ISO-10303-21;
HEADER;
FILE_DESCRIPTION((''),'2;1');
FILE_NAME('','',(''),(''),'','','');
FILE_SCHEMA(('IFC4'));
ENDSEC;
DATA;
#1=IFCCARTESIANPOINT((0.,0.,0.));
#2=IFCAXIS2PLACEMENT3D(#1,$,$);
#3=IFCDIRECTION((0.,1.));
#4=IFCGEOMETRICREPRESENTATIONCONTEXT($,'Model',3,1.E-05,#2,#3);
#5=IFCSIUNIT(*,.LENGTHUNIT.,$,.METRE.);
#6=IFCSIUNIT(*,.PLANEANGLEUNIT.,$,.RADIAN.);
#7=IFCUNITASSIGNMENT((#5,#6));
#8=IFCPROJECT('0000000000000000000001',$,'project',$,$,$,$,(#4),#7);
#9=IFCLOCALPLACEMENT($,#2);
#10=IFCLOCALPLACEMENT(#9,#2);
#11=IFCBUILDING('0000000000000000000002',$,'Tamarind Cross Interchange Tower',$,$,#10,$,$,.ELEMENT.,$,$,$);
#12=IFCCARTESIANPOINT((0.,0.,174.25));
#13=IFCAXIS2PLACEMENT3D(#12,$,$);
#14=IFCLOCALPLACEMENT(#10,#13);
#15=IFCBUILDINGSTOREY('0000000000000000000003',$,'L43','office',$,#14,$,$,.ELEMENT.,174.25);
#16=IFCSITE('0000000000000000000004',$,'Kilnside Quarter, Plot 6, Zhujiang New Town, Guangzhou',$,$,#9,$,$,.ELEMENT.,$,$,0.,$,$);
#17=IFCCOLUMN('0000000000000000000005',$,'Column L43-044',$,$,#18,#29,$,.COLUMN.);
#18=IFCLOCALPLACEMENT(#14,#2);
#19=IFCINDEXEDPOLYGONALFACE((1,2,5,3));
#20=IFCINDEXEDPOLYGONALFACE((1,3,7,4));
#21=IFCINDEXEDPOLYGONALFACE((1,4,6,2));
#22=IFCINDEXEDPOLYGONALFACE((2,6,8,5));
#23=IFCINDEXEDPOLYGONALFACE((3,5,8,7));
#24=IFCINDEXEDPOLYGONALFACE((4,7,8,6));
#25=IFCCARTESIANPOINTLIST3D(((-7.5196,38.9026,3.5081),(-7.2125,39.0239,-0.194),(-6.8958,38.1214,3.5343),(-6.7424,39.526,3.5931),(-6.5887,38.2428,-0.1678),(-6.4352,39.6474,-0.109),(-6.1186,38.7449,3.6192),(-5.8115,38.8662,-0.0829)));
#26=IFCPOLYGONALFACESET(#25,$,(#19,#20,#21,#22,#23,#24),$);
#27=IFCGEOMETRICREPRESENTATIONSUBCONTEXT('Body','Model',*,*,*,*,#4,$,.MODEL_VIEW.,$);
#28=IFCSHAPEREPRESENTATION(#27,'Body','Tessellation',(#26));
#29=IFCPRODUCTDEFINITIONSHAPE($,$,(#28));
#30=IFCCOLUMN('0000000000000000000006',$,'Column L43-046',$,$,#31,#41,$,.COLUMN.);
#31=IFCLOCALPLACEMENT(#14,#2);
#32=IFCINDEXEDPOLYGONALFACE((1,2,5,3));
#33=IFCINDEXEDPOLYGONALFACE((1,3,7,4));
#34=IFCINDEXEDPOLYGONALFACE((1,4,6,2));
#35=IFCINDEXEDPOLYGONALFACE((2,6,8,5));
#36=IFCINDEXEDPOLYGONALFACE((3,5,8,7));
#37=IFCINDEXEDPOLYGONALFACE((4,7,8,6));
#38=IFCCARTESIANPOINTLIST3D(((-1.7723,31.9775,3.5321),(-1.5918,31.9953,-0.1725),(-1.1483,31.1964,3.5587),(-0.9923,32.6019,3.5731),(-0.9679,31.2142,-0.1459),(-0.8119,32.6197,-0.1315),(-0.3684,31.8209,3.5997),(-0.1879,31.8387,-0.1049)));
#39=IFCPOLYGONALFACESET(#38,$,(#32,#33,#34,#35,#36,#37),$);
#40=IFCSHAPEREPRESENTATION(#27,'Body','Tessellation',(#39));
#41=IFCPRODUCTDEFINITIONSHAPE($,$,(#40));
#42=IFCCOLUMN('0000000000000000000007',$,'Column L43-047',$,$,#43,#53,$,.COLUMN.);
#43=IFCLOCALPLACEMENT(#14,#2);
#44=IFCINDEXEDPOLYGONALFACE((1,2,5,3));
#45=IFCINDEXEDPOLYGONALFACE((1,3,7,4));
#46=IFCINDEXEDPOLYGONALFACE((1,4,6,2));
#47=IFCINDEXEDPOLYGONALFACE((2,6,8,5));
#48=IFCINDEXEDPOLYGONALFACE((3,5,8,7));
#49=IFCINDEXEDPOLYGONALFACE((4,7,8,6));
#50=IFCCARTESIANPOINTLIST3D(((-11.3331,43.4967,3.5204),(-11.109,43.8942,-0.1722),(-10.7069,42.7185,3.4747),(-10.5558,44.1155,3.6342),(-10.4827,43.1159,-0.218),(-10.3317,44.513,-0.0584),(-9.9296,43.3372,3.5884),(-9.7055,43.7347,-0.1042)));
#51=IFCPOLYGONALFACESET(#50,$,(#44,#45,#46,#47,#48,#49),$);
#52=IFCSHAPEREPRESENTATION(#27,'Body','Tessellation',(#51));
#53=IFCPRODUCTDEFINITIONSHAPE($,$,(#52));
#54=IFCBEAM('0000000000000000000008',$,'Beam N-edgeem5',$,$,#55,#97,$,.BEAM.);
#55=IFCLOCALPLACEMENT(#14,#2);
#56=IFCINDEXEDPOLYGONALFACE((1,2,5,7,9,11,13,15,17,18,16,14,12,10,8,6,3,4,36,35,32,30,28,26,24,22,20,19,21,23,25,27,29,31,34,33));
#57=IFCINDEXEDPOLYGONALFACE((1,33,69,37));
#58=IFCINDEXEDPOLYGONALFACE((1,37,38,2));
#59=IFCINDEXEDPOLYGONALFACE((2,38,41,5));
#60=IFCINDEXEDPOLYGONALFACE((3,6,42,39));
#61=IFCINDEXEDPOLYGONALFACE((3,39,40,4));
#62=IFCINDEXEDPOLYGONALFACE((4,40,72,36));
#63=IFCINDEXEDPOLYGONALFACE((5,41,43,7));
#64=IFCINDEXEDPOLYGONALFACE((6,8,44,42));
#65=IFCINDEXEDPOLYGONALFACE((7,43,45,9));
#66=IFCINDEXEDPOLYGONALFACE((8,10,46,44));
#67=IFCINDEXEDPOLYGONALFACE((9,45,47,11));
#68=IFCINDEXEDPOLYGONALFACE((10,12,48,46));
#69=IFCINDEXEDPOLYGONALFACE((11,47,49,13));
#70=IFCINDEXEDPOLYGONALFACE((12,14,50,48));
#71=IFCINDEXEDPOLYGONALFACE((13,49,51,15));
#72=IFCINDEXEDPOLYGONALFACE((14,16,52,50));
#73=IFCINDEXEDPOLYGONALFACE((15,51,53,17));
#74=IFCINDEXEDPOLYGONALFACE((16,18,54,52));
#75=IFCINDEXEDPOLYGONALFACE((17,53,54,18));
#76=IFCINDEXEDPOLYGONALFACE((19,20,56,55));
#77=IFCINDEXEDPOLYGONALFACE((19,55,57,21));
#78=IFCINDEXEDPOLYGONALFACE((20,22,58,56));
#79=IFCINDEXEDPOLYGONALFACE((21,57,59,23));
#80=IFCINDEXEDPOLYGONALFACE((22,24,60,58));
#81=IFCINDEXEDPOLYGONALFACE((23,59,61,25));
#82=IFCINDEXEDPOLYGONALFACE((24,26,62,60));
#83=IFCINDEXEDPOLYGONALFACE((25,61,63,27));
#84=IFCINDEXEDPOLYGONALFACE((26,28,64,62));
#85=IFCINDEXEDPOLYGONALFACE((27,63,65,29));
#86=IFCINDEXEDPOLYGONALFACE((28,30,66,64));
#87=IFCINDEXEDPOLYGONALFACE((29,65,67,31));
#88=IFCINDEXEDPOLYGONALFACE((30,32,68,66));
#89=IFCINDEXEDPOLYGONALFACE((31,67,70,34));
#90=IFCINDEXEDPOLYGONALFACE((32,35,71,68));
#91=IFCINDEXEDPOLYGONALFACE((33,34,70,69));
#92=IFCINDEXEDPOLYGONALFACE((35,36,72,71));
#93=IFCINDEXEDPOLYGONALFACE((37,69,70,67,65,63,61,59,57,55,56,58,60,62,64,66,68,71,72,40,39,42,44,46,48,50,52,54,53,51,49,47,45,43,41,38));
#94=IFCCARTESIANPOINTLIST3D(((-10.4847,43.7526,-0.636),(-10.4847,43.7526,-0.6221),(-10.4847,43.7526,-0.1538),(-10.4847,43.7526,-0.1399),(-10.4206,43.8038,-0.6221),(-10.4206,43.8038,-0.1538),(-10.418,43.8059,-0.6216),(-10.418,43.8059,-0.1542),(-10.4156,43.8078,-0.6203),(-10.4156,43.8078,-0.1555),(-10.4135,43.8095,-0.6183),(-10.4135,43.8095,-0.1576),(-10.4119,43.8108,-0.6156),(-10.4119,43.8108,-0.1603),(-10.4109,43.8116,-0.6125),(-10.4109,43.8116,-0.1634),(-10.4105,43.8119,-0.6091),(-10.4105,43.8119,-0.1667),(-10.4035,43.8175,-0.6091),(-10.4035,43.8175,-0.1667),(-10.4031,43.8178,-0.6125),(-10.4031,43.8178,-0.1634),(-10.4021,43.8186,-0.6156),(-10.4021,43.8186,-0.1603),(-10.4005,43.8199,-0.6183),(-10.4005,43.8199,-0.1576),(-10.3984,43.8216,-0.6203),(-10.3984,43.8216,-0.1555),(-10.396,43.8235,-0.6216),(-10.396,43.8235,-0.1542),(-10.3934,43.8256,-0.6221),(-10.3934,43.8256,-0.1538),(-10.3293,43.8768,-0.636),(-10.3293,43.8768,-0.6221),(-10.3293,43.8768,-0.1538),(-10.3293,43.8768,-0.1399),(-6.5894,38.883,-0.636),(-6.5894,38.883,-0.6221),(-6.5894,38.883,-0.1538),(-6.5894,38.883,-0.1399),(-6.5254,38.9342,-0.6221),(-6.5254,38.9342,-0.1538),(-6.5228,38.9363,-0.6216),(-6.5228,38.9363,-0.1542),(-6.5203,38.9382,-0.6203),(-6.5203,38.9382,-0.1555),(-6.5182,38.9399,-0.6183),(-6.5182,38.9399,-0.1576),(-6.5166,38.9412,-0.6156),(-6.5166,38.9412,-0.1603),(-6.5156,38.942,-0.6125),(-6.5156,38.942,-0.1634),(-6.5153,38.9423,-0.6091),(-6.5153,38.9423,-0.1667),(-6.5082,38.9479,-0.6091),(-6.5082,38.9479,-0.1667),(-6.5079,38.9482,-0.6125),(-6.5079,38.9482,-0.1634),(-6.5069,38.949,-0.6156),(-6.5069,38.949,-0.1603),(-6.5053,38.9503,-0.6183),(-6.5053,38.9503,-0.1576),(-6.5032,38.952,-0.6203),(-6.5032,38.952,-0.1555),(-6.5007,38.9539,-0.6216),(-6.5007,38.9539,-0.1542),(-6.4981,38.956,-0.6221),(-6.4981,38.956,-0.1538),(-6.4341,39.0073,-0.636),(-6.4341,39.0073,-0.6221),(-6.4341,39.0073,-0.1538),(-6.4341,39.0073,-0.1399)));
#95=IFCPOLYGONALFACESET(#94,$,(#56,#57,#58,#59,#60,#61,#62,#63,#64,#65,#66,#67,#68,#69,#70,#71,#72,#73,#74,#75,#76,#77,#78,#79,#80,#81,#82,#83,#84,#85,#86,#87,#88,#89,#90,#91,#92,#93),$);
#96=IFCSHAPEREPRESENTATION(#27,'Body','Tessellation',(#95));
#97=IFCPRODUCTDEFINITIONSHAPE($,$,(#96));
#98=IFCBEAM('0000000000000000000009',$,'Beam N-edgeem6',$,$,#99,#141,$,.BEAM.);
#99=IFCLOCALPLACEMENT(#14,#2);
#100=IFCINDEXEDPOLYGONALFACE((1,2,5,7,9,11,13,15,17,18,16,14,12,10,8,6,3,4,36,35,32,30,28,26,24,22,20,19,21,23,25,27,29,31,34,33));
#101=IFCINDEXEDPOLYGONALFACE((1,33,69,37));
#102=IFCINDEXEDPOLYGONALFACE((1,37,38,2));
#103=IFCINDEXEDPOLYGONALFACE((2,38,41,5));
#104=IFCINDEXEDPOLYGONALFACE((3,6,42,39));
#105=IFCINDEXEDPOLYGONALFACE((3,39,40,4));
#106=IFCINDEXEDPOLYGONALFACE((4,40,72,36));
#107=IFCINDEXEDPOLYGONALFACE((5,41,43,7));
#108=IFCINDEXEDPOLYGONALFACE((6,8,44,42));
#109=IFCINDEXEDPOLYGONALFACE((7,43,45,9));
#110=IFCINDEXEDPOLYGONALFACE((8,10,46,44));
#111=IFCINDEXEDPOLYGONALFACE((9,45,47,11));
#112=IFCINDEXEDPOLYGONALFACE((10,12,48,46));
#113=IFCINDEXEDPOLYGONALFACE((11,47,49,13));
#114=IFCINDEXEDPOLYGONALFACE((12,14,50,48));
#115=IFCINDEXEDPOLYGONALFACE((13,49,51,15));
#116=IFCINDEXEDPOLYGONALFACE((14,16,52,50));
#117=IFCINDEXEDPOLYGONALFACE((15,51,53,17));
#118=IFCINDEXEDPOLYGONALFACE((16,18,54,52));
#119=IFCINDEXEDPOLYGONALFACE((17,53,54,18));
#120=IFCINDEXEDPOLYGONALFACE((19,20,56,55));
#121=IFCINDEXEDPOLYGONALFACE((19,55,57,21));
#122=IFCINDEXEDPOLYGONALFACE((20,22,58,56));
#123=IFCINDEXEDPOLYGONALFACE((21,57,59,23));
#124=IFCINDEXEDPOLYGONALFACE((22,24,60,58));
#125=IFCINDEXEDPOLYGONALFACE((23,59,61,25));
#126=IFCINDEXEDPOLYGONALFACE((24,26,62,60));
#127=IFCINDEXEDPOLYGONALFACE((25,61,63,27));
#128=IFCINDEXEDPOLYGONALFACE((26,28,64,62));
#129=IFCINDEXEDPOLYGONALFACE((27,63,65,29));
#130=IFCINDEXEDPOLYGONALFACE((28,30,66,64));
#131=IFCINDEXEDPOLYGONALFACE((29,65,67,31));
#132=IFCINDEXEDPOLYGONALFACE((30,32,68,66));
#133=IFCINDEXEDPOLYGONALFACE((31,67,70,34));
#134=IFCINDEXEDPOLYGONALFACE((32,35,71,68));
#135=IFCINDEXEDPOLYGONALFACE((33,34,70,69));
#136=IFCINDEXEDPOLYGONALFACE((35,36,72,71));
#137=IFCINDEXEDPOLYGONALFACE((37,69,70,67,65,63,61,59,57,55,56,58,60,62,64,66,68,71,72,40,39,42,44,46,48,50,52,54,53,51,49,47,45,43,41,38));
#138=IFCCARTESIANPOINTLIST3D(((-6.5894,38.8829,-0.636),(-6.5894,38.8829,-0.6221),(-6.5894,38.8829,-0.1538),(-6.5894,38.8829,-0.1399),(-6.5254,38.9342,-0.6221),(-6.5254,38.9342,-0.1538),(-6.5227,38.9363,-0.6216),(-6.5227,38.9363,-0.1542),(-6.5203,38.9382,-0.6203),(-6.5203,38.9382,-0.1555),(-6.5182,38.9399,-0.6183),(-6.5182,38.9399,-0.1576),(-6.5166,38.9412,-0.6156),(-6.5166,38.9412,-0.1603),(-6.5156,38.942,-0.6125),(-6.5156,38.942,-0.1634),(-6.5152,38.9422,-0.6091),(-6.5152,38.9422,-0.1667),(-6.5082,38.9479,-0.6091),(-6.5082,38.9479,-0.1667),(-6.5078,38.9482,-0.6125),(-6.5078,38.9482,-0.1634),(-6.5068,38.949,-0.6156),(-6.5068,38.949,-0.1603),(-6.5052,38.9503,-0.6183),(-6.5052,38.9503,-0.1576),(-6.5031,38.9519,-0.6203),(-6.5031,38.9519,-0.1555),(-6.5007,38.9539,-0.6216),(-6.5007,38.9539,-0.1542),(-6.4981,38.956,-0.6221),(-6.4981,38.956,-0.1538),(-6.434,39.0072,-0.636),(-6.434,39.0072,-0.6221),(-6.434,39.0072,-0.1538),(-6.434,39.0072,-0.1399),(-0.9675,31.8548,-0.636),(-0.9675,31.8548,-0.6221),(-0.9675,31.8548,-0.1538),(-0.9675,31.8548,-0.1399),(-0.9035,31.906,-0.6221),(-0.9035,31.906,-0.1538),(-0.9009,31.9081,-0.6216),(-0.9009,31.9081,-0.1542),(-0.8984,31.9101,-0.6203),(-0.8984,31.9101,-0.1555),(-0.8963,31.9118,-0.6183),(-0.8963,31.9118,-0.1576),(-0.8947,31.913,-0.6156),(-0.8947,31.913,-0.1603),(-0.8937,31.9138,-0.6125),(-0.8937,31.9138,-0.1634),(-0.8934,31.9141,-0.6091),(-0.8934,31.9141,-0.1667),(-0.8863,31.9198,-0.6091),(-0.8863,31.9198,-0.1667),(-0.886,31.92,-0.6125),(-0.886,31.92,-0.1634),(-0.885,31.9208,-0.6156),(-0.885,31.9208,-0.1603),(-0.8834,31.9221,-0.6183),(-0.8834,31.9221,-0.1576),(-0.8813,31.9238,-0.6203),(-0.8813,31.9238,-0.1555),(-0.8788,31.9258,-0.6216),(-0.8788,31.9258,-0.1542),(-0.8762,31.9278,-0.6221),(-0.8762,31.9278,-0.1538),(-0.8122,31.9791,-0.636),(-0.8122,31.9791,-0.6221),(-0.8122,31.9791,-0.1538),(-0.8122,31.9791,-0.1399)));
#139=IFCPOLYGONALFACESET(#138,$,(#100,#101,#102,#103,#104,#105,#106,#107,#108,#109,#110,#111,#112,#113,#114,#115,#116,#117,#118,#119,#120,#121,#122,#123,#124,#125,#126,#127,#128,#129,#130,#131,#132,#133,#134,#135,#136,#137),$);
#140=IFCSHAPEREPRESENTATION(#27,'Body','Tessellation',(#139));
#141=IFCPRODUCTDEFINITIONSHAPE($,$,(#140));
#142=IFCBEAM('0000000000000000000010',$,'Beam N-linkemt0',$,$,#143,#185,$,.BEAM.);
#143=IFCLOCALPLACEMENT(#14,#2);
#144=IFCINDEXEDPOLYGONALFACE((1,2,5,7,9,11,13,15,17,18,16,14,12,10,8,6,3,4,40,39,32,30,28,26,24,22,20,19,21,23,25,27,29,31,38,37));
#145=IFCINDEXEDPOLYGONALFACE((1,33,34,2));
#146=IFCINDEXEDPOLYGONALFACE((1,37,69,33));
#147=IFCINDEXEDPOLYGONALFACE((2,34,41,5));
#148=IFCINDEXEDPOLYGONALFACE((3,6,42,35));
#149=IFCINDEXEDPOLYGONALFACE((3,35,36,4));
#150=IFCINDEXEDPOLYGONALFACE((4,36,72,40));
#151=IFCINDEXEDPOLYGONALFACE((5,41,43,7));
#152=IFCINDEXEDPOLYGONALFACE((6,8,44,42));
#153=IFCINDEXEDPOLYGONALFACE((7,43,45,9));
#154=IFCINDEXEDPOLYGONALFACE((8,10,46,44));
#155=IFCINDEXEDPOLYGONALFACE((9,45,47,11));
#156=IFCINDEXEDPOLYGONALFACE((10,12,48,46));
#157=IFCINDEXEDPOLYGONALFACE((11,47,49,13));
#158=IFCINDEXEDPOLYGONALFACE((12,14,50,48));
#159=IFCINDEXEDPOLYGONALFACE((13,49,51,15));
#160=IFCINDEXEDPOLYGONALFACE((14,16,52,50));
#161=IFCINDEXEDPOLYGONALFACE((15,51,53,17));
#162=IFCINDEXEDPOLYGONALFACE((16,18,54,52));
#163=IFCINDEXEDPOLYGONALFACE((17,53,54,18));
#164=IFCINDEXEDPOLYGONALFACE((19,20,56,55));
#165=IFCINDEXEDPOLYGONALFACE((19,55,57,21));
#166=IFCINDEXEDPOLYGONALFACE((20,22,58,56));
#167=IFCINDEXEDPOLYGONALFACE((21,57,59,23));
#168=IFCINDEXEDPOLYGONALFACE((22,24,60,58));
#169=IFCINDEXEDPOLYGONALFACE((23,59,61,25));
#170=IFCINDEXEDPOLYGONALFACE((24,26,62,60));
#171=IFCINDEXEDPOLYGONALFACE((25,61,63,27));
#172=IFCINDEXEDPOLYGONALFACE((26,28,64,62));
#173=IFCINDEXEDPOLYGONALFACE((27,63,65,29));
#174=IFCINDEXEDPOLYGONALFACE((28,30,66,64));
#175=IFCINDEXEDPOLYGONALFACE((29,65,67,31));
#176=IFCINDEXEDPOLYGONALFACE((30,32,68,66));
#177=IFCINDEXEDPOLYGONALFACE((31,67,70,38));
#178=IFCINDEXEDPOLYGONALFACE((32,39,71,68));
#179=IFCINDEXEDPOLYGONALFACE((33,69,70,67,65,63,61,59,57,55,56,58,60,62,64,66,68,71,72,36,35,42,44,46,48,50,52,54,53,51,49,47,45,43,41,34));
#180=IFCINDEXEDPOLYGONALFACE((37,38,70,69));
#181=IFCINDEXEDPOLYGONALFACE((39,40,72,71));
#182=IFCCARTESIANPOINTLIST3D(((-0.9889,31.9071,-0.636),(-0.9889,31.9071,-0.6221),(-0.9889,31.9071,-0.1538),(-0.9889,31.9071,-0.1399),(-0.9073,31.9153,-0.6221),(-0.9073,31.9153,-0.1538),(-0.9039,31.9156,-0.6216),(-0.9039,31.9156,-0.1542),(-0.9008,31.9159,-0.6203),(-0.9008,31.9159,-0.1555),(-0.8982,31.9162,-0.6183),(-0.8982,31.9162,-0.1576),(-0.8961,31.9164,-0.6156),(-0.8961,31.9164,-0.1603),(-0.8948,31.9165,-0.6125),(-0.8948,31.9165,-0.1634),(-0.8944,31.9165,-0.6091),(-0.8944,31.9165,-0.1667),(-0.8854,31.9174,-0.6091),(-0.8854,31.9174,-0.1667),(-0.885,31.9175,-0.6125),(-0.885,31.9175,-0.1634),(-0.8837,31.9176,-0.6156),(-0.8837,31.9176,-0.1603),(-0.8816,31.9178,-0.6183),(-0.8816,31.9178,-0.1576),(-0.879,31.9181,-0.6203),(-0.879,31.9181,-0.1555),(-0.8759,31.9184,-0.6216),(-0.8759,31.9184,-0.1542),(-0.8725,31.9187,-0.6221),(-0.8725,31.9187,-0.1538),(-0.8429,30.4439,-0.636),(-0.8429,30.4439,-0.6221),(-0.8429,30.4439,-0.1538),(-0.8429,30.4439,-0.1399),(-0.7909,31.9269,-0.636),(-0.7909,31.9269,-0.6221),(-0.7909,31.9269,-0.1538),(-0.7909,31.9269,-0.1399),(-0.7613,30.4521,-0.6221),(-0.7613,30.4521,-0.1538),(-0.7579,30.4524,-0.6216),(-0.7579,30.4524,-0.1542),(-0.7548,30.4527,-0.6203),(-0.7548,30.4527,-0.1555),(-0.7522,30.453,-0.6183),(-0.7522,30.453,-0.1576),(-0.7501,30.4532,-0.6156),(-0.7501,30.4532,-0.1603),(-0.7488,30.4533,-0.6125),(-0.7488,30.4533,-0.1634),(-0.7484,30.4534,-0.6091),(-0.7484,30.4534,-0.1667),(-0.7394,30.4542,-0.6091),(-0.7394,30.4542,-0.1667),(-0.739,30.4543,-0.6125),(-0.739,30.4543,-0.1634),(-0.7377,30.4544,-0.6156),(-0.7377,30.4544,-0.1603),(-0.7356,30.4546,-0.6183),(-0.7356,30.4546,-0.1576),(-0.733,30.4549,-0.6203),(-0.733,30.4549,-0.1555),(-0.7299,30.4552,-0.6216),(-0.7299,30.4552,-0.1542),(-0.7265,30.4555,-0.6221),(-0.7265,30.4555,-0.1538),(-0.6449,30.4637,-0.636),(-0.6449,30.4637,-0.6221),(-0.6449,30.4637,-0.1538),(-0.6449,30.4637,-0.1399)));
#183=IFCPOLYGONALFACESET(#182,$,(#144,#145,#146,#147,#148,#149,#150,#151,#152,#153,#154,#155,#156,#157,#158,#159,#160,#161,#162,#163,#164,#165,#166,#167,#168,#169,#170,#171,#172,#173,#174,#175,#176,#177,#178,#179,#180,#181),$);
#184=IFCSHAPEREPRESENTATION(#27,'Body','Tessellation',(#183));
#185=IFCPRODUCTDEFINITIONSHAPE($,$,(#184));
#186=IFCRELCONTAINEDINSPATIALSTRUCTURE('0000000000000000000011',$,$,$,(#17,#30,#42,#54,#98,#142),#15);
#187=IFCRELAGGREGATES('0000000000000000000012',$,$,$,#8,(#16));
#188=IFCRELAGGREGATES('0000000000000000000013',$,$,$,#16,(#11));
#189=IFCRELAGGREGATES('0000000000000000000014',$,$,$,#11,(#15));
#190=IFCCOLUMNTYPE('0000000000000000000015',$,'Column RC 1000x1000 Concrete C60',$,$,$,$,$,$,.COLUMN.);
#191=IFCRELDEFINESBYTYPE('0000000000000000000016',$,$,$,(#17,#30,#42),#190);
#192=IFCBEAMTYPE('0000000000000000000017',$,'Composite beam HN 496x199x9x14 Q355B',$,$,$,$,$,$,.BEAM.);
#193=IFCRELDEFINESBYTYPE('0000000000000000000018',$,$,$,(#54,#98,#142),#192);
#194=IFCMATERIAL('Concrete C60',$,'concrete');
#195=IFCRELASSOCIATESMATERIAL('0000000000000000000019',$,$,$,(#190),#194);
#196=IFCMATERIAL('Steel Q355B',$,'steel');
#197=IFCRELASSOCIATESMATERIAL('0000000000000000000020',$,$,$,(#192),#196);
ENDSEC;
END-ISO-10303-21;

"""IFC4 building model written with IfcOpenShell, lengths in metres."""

from ifc_helpers import new_model, si_unit, direction, frame, origin, origin_2d, place, context, subcontext, project, spatial, rectangle, i_section, extrude, material, material_profile, profile_set, type_object, element, save


model = new_model("IFC4")

# Units and contexts
model_context = context("Model", 3, precision=1e-05, world=origin(), true_north=direction((0.0, 1.0)))
body_context = subcontext(model_context, "Body", "Model", "MODEL_VIEW")
ifc_project = project(units=[si_unit("LENGTHUNIT", "METRE"), si_unit("PLANEANGLEUNIT", "RADIAN")], contexts=[model_context])

# Site, building, storey
site_placement = place(None, origin())
site = spatial("IfcSite", under=ifc_project, at=site_placement, Name="Kilnside Quarter, Plot 6, Zhujiang New Town, Guangzhou", CompositionType="ELEMENT", RefElevation=0.0)
building_placement = place(site_placement, origin())
building = spatial("IfcBuilding", under=site, at=building_placement, Name="Tamarind Cross Interchange Tower", CompositionType="ELEMENT")
storey_placement = place(building_placement, frame((0.0, 0.0, 174.25)))
storey = spatial("IfcBuildingStorey", under=building, at=storey_placement, Name="L43", Description="office", CompositionType="ELEMENT", Elevation=174.25)

# Columns
ifc_material_1 = material(Name="Concrete C60", Category="concrete")
ifc_material_profile_1 = material_profile(ifc_material_1, rectangle(XDim=1.0, YDim=1.0, at=origin_2d()), Name="RC 1000x1000")
ifc_profile_set_1 = profile_set([ifc_material_profile_1], Name="Concrete C60")
column_type = type_object("IfcColumnType", Name="Column RC 1000x1000 Concrete C60", PredefinedType="COLUMN", material=ifc_profile_set_1)
column_1_placement = place(storey_placement, frame((-6.512, 38.9451, -0.1384), z_axis=(-0.082632, -0.032645, 0.996045), x_axis=(0.623774, -0.781168, 0.026145)))
element("IfcColumn", 1, at=column_1_placement, inside=storey, type_object=column_type, Name="Column L43-044", PredefinedType="COLUMN", context=body_context, shape_type="SweptSolid", body=[
    extrude(rectangle(XDim=1.0, YDim=1.0, at=origin_2d()), origin(), (0.0, 0.0, 1.0), 3.7168),
])
column_2_placement = place(storey_placement, frame((-0.8899, 31.917, -0.1387), z_axis=(-0.048644, -0.004805, 0.998805), x_axis=(0.623907, -0.781044, 0.026628)))
element("IfcColumn", 2, at=column_2_placement, inside=storey, type_object=column_type, Name="Column L43-046", PredefinedType="COLUMN", context=body_context, shape_type="SweptSolid", body=[
    extrude(rectangle(XDim=1.0, YDim=1.0, at=origin_2d()), origin(), (0.0, 0.0, 1.0), 3.709),
])
column_3_placement = place(storey_placement, frame((-10.4072, 43.8145, -0.1382), z_axis=(-0.060236, -0.106824, 0.992452), x_axis=(0.777288, 0.618771, 0.113779)))
element("IfcColumn", 3, at=column_3_placement, inside=storey, type_object=column_type, Name="Column L43-047", PredefinedType="COLUMN", context=body_context, shape_type="SweptSolid", body=[
    extrude(rectangle(XDim=1.0, YDim=1.0, at=origin_2d()), origin(), (0.0, 0.0, 1.0), 3.7207),
])

# Beams
ifc_material_2 = material(Name="Steel Q355B", Category="steel")
ifc_material_profile_2 = material_profile(ifc_material_2, i_section(OverallWidth=0.199, OverallDepth=0.4961, WebThickness=0.009, FlangeThickness=0.0139, FilletRadius=0.0129, at=origin_2d()), Name="HN 496x199x9x14")
ifc_profile_set_2 = profile_set([ifc_material_profile_2], Name="Steel Q355B")
beam_type_1 = type_object("IfcBeamType", Name="Composite beam HN 496x199x9x14 Q355B", PredefinedType="BEAM", material=ifc_profile_set_2)
beam_1_placement = place(storey_placement, frame((-10.407, 43.8147, -0.3879), z_axis=(0.624652, -0.780903, 0.0), x_axis=(0.780903, 0.624652, 0.0)))
element("IfcBeam", 4, at=beam_1_placement, inside=storey, type_object=beam_type_1, Name="Beam N-edgeem5", PredefinedType="BEAM", context=body_context, shape_type="SweptSolid", body=[
    extrude(i_section(OverallWidth=0.199, OverallDepth=0.4961, WebThickness=0.009, FlangeThickness=0.0139, FilletRadius=0.0129, at=origin_2d()), origin(), (0.0, 0.0, 1.0), 6.2358),
])
beam_2_placement = place(storey_placement, frame((-6.5117, 38.9451, -0.3879), z_axis=(0.624652, -0.780903, 0.0), x_axis=(0.780903, 0.624652, 0.0)))
element("IfcBeam", 5, at=beam_2_placement, inside=storey, type_object=beam_type_1, Name="Beam N-edgeem6", PredefinedType="BEAM", context=body_context, shape_type="SweptSolid", body=[
    extrude(i_section(OverallWidth=0.199, OverallDepth=0.4961, WebThickness=0.009, FlangeThickness=0.0139, FilletRadius=0.0129, at=origin_2d()), origin(), (0.0, 0.0, 1.0), 9.0),
])
beam_3_placement = place(storey_placement, frame((-0.8899, 31.917, -0.3879), z_axis=(0.09929, -0.995059, 0.0), x_axis=(0.995059, 0.09929, 0.0)))
element("IfcBeam", 6, at=beam_3_placement, inside=storey, type_object=beam_type_1, Name="Beam N-linkemt0", PredefinedType="BEAM", context=body_context, shape_type="SweptSolid", body=[
    extrude(i_section(OverallWidth=0.199, OverallDepth=0.4961, WebThickness=0.009, FlangeThickness=0.0139, FilletRadius=0.0129, at=origin_2d()), origin(), (0.0, 0.0, 1.0), 1.4705),
])

save(model, "model.ifc")
